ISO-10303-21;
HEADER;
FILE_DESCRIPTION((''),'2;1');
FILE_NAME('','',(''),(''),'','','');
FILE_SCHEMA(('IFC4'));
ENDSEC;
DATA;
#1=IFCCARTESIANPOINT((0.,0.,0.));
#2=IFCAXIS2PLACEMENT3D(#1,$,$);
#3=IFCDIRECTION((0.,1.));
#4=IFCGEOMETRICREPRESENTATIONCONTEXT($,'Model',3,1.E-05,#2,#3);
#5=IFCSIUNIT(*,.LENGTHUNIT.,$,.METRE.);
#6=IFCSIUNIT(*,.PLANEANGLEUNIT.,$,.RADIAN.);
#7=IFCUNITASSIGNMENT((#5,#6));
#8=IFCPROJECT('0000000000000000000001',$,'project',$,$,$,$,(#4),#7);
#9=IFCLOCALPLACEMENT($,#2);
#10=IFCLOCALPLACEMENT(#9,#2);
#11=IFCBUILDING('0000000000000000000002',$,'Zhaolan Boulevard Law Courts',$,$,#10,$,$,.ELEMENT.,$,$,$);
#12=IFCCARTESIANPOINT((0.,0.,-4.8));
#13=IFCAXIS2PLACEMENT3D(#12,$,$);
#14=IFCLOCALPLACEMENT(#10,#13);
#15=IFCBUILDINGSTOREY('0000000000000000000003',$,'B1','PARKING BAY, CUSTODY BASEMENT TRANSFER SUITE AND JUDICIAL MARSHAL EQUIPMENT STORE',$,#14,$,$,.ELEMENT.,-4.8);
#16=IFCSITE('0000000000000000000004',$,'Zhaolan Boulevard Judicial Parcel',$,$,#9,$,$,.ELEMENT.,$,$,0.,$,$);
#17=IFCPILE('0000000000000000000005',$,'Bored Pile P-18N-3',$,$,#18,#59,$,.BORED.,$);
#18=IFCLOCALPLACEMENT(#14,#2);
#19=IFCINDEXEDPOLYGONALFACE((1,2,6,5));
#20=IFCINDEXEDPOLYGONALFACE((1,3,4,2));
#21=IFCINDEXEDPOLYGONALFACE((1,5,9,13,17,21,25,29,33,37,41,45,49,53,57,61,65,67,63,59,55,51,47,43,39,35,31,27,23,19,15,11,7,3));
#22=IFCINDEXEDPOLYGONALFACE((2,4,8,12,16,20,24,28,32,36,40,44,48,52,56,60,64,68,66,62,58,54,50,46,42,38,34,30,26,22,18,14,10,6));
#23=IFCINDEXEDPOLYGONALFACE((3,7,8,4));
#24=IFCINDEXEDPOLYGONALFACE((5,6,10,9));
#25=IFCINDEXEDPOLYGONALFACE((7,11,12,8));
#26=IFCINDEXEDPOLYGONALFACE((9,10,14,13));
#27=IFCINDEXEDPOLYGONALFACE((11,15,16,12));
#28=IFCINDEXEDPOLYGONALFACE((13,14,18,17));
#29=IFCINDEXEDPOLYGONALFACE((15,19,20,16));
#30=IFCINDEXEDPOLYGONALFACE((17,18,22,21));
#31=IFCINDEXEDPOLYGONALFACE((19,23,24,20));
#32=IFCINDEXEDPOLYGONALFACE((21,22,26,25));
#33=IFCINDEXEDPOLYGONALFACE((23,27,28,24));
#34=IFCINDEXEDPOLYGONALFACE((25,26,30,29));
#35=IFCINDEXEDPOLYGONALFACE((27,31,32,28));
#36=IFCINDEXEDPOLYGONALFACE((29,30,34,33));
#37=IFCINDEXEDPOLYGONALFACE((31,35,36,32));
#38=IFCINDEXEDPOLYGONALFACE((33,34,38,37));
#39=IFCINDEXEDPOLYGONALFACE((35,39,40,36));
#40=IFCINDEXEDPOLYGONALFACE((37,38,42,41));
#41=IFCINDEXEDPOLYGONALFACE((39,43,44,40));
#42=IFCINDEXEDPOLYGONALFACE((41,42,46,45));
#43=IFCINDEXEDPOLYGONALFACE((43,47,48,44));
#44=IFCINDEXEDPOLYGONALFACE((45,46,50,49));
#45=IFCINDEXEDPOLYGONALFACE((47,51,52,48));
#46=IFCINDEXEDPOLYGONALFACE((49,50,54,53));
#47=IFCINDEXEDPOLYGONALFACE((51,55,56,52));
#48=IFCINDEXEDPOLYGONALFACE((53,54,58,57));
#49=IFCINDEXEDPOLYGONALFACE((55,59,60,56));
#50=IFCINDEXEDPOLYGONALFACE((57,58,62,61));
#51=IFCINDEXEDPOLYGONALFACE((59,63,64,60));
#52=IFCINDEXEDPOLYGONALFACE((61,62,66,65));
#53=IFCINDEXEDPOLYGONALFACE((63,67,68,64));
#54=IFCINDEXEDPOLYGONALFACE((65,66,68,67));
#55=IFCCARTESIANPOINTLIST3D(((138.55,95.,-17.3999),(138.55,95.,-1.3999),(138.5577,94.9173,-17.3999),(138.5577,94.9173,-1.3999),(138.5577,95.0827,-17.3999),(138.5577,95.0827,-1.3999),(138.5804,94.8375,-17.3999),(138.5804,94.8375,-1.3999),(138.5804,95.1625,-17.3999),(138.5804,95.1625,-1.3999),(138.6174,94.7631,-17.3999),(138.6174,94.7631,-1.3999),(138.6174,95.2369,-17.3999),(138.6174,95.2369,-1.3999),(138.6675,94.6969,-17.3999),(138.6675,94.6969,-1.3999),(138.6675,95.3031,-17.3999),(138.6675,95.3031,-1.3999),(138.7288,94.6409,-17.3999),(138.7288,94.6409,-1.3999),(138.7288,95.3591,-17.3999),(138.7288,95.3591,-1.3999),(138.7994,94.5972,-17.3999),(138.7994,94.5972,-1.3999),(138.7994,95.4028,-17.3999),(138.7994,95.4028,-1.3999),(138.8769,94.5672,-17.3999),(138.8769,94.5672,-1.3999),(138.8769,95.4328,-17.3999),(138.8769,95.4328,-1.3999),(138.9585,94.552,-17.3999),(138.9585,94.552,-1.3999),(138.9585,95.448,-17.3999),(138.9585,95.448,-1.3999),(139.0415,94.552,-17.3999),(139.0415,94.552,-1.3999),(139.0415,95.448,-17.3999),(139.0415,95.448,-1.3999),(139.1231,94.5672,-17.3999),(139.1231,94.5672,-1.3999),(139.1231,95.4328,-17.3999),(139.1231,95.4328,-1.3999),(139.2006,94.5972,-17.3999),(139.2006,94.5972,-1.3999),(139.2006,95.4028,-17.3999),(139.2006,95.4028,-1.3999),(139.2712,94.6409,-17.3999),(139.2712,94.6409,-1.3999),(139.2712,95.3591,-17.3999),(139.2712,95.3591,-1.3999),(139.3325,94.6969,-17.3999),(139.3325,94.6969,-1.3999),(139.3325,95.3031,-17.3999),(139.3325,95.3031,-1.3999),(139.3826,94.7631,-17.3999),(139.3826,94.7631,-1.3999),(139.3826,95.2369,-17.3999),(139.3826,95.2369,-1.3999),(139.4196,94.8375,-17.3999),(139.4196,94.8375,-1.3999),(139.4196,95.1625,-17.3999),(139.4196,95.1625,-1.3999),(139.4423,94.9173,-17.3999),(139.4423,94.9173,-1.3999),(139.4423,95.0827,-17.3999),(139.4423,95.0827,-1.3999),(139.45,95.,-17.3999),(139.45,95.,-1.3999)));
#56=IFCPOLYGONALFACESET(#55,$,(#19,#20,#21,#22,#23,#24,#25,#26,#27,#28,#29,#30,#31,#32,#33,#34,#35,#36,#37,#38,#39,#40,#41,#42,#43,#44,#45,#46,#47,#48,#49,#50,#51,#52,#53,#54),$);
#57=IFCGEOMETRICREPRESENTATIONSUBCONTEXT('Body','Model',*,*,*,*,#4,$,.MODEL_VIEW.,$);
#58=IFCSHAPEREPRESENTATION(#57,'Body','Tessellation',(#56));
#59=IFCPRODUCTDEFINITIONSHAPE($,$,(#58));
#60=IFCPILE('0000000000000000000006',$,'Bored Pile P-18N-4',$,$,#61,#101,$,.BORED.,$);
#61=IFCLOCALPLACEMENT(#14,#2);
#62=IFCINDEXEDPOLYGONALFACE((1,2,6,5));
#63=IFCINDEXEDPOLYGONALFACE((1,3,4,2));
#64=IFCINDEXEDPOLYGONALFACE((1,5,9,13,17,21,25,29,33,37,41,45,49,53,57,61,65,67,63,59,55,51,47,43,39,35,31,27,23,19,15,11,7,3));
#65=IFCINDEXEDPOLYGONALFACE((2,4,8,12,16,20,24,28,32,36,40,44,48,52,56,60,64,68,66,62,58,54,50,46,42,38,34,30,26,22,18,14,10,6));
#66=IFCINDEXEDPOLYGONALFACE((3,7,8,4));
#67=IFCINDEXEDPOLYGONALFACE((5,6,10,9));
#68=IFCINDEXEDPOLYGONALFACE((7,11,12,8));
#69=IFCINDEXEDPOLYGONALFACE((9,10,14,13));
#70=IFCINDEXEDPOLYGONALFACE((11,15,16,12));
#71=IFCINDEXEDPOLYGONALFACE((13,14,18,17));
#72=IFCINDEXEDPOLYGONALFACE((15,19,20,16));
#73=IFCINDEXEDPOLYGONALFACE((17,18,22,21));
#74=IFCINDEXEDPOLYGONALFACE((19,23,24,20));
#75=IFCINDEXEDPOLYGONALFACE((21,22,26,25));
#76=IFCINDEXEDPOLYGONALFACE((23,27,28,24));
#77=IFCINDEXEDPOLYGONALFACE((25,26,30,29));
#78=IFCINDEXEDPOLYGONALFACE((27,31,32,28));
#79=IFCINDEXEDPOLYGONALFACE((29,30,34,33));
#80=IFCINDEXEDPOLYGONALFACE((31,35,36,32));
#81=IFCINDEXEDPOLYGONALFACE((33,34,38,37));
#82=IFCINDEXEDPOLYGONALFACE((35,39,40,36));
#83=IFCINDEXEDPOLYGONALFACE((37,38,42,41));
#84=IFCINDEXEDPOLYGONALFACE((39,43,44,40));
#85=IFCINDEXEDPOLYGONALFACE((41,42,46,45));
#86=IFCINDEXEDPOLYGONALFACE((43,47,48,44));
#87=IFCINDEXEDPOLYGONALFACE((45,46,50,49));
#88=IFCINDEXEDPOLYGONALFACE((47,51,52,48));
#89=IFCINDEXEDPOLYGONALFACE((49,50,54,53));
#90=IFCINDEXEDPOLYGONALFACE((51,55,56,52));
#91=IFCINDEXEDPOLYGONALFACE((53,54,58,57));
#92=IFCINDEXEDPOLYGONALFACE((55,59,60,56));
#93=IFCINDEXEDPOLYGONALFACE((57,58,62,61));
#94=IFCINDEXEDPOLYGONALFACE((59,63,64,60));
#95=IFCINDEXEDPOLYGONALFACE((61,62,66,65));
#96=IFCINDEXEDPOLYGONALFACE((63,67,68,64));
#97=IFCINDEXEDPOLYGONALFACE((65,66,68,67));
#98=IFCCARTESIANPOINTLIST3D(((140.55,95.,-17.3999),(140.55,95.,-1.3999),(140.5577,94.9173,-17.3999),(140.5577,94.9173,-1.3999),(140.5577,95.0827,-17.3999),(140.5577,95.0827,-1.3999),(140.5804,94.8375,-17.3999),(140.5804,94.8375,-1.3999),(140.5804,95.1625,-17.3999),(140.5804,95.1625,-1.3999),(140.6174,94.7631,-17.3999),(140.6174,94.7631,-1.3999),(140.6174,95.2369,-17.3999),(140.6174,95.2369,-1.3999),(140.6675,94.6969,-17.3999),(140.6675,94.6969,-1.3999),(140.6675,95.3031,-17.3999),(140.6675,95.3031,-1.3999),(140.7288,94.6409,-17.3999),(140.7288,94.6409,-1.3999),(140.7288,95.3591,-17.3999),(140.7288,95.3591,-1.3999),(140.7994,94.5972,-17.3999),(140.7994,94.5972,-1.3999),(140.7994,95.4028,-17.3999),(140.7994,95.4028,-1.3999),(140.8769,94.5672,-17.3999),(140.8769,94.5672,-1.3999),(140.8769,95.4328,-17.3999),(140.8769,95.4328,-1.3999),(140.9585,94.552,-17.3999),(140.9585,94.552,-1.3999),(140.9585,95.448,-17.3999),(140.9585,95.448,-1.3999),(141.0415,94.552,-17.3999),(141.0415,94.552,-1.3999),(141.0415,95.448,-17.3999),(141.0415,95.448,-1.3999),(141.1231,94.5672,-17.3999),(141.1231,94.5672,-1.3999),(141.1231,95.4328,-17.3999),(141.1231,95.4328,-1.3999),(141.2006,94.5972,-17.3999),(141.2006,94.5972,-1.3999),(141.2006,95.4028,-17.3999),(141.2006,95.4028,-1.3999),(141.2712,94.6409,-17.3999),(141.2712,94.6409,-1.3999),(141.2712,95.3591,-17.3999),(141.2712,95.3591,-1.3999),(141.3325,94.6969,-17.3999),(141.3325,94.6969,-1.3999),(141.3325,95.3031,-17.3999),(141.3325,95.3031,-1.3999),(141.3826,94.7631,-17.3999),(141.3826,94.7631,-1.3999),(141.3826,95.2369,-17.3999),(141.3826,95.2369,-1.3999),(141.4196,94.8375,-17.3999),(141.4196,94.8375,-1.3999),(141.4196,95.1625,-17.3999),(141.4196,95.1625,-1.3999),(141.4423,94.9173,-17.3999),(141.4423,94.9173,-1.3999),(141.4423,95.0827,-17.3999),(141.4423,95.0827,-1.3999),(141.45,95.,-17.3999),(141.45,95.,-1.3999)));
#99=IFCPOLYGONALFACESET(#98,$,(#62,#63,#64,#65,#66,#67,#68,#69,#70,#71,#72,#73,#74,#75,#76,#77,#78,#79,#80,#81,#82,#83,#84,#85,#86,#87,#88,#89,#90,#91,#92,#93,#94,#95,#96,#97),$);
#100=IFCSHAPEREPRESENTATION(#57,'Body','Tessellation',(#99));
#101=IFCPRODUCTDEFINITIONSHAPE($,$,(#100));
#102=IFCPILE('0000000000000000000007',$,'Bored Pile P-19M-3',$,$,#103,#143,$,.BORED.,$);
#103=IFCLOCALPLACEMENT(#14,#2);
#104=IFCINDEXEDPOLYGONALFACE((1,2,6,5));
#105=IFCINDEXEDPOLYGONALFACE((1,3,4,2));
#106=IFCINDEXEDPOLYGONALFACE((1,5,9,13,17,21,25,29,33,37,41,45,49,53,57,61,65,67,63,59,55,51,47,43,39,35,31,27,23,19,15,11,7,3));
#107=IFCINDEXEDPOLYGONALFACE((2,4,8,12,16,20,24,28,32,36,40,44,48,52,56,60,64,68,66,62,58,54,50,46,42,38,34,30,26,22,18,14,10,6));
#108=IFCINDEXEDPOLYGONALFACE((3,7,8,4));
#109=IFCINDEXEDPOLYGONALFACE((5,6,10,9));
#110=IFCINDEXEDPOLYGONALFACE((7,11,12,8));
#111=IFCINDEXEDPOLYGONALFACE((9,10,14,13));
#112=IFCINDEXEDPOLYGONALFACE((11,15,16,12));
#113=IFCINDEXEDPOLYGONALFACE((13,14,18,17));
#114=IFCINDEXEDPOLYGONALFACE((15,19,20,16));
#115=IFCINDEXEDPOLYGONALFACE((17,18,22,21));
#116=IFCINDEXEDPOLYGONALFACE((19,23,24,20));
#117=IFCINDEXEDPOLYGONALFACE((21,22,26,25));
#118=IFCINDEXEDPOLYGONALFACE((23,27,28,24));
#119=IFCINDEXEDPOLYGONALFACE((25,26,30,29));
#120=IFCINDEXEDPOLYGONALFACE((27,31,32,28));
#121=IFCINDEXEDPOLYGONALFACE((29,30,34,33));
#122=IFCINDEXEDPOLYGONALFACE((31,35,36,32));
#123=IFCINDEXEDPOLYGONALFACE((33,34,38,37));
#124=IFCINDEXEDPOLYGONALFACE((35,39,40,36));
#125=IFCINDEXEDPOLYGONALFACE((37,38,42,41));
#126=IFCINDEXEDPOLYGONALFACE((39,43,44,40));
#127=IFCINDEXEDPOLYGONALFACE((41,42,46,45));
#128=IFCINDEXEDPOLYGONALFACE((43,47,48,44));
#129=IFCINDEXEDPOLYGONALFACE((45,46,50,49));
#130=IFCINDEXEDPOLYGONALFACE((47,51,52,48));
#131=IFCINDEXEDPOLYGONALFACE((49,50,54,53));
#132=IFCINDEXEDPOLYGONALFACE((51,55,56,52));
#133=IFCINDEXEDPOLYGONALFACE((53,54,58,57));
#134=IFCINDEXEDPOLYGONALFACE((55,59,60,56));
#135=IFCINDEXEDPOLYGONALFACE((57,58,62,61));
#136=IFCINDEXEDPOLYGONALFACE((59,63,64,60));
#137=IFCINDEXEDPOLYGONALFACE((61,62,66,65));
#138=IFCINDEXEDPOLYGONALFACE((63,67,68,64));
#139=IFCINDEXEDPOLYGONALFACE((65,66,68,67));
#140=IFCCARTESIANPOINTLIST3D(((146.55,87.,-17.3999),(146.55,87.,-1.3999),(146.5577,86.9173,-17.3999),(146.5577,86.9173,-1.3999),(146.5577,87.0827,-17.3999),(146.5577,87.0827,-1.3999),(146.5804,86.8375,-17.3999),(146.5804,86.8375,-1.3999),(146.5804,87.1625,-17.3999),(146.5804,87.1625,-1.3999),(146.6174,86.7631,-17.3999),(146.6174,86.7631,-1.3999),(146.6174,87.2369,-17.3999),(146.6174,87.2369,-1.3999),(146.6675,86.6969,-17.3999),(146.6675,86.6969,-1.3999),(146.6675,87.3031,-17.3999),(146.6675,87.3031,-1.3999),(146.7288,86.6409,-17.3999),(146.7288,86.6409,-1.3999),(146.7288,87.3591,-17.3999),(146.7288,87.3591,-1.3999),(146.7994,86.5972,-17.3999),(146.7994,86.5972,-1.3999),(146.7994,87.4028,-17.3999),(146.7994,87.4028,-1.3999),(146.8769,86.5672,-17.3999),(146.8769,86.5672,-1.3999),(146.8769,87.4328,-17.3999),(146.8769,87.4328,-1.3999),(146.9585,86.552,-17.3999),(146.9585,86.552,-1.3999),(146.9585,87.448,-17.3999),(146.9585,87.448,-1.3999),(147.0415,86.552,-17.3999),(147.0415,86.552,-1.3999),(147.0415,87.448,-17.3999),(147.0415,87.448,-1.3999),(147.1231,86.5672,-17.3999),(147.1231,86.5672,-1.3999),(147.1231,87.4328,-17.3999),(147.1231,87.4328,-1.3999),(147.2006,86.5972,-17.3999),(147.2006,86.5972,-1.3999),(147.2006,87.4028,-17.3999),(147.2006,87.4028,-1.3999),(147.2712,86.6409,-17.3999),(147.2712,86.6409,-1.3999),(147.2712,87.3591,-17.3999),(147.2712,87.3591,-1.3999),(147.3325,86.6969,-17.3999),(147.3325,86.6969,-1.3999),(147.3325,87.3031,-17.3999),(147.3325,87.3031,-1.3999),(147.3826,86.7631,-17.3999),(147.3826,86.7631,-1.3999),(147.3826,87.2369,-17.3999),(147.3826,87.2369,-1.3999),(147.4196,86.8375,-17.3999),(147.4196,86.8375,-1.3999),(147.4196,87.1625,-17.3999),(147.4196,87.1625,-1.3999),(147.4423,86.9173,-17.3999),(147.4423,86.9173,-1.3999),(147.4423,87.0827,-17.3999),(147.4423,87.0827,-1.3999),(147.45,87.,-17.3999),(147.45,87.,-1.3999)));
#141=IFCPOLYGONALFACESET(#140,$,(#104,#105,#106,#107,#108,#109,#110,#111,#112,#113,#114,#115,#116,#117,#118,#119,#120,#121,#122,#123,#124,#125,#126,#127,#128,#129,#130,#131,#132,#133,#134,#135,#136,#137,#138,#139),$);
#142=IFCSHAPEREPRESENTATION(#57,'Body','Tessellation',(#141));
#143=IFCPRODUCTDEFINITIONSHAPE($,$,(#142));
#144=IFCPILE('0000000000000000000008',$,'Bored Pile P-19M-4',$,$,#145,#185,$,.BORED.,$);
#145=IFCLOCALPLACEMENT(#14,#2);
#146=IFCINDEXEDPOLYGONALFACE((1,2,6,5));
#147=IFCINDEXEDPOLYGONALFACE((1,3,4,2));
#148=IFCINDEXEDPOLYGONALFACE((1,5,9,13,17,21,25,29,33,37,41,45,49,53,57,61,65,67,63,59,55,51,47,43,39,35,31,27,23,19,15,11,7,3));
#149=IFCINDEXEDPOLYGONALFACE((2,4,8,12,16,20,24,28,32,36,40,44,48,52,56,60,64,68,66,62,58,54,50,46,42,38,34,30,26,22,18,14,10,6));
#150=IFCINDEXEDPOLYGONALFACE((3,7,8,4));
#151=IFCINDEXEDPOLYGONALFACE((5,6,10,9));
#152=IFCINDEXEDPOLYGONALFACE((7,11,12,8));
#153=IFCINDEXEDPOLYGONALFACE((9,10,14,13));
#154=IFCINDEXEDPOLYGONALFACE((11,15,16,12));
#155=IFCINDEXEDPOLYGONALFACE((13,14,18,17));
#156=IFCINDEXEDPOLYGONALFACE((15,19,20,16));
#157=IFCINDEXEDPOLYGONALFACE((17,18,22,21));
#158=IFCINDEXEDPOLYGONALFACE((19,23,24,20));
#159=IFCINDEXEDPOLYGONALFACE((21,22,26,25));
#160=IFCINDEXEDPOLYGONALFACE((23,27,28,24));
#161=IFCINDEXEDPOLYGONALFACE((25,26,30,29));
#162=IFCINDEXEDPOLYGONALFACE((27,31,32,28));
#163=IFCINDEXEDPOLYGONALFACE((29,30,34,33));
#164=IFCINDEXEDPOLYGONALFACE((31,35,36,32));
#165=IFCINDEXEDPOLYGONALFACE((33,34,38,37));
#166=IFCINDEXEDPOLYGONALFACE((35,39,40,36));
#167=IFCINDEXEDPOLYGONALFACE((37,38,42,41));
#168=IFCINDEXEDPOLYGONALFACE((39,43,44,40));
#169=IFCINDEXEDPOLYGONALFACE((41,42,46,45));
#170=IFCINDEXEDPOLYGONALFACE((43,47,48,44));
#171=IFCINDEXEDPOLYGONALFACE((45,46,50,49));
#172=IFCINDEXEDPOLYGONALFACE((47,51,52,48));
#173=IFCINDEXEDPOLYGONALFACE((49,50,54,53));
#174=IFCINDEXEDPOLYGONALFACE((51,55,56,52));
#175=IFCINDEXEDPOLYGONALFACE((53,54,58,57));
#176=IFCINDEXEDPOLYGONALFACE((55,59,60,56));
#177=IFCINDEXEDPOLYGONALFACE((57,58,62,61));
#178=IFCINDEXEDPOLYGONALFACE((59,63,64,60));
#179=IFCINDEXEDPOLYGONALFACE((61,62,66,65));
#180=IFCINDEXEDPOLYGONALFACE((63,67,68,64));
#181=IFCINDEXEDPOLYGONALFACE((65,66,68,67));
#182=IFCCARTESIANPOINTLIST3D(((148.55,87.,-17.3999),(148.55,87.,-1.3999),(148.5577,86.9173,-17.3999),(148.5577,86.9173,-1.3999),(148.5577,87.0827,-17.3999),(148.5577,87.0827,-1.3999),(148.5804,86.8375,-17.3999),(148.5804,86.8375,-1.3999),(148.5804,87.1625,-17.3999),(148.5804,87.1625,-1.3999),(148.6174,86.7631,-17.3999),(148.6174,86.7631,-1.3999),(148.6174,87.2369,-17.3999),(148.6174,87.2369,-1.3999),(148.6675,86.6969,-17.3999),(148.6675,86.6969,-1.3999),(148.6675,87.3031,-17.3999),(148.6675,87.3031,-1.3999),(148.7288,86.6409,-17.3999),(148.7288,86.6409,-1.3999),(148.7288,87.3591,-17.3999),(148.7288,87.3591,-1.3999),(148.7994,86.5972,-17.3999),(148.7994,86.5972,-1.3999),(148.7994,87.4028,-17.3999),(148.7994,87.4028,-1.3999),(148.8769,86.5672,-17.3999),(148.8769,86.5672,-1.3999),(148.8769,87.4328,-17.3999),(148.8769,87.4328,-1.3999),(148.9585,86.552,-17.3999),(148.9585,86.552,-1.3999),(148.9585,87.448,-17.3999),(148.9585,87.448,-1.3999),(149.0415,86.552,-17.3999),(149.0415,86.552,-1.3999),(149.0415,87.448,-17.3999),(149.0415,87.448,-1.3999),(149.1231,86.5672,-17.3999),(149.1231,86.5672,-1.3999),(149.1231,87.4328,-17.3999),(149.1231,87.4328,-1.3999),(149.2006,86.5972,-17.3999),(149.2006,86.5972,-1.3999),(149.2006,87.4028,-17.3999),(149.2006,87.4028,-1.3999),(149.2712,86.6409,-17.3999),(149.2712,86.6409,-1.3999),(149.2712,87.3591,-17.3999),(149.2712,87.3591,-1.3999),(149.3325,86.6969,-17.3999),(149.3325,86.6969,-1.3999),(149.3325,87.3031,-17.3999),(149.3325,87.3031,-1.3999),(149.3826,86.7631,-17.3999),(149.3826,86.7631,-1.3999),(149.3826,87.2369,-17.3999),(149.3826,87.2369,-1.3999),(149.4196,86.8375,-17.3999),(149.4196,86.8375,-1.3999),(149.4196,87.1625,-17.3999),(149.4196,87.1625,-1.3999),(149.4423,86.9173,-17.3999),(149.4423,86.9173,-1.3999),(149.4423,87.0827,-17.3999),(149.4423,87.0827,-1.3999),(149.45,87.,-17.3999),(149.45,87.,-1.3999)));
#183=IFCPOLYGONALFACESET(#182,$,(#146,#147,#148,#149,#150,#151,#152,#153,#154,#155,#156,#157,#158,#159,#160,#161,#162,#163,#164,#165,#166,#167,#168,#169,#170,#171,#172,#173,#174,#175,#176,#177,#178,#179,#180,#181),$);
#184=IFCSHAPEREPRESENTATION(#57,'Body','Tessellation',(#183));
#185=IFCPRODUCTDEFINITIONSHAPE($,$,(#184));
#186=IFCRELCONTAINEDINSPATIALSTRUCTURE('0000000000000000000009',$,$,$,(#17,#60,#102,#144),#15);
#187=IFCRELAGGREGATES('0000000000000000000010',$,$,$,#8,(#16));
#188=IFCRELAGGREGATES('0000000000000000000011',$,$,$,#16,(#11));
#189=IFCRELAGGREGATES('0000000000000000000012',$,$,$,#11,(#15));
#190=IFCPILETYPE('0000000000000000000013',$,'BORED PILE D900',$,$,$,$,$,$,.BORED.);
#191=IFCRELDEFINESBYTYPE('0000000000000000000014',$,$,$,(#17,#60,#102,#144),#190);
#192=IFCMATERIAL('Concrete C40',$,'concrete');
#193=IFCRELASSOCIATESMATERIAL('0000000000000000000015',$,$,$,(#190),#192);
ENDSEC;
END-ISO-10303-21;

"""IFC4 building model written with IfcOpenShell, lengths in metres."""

from ifc_helpers import new_model, si_unit, direction, frame, origin, origin_2d, place, context, subcontext, project, spatial, circle, extrude, material, material_profile, profile_set, type_object, element, save


model = new_model("IFC4")

# Units and contexts
model_context = context("Model", 3, precision=1e-05, world=origin(), true_north=direction((0.0, 1.0)))
body_context = subcontext(model_context, "Body", "Model", "MODEL_VIEW")
ifc_project = project(units=[si_unit("LENGTHUNIT", "METRE"), si_unit("PLANEANGLEUNIT", "RADIAN")], contexts=[model_context])

# Site, building, storey
site_placement = place(None, origin())
site = spatial("IfcSite", under=ifc_project, at=site_placement, Name="Zhaolan Boulevard Judicial Parcel", CompositionType="ELEMENT", RefElevation=0.0)
building_placement = place(site_placement, origin())
building = spatial("IfcBuilding", under=site, at=building_placement, Name="Zhaolan Boulevard Law Courts", CompositionType="ELEMENT")
storey_placement = place(building_placement, frame((0.0, 0.0, -4.8)))
storey = spatial("IfcBuildingStorey", under=building, at=storey_placement, Name="B1", Description="PARKING BAY, CUSTODY BASEMENT TRANSFER SUITE AND JUDICIAL MARSHAL EQUIPMENT STORE", CompositionType="ELEMENT", Elevation=-4.8)

# Piles
ifc_material_1 = material(Name="Concrete C40", Category="concrete")
ifc_material_profile_1 = material_profile(ifc_material_1, circle(Radius=0.45, at=origin_2d()), Name="PILE-D900")
ifc_profile_set_1 = profile_set([ifc_material_profile_1], Name="Concrete C40")
pile_type = type_object("IfcPileType", Name="BORED PILE D900", PredefinedType="BORED", material=ifc_profile_set_1)
for number, where, z_axis, x_axis, name in (
    (1, (139.0, 95.0, -1.3999), (0.0, 0.0, -1.0), (1.0, 0.0, 0.0), "Bored Pile P-18N-3"),
    (2, (141.0, 95.0, -1.3999), (0.0, 0.0, -1.0), (1.0, 0.0, 0.0), "Bored Pile P-18N-4"),
    (3, (147.0, 87.0, -1.3999), (0.0, 0.0, -1.0), (1.0, 0.0, 0.0), "Bored Pile P-19M-3"),
    (4, (149.0, 87.0, -1.3999), (0.0, 0.0, -1.0), (1.0, 0.0, 0.0), "Bored Pile P-19M-4"),
):
    element("IfcPile", number, at=place(storey_placement, frame(where, z_axis=z_axis, x_axis=x_axis)), inside=storey, type_object=pile_type, Name=name, PredefinedType="BORED", context=body_context, shape_type="SweptSolid", body=[
        extrude(circle(Radius=0.45, at=origin_2d()), origin(), (0.0, 0.0, 1.0), 16.0),
    ])

save(model, "model.ifc")
